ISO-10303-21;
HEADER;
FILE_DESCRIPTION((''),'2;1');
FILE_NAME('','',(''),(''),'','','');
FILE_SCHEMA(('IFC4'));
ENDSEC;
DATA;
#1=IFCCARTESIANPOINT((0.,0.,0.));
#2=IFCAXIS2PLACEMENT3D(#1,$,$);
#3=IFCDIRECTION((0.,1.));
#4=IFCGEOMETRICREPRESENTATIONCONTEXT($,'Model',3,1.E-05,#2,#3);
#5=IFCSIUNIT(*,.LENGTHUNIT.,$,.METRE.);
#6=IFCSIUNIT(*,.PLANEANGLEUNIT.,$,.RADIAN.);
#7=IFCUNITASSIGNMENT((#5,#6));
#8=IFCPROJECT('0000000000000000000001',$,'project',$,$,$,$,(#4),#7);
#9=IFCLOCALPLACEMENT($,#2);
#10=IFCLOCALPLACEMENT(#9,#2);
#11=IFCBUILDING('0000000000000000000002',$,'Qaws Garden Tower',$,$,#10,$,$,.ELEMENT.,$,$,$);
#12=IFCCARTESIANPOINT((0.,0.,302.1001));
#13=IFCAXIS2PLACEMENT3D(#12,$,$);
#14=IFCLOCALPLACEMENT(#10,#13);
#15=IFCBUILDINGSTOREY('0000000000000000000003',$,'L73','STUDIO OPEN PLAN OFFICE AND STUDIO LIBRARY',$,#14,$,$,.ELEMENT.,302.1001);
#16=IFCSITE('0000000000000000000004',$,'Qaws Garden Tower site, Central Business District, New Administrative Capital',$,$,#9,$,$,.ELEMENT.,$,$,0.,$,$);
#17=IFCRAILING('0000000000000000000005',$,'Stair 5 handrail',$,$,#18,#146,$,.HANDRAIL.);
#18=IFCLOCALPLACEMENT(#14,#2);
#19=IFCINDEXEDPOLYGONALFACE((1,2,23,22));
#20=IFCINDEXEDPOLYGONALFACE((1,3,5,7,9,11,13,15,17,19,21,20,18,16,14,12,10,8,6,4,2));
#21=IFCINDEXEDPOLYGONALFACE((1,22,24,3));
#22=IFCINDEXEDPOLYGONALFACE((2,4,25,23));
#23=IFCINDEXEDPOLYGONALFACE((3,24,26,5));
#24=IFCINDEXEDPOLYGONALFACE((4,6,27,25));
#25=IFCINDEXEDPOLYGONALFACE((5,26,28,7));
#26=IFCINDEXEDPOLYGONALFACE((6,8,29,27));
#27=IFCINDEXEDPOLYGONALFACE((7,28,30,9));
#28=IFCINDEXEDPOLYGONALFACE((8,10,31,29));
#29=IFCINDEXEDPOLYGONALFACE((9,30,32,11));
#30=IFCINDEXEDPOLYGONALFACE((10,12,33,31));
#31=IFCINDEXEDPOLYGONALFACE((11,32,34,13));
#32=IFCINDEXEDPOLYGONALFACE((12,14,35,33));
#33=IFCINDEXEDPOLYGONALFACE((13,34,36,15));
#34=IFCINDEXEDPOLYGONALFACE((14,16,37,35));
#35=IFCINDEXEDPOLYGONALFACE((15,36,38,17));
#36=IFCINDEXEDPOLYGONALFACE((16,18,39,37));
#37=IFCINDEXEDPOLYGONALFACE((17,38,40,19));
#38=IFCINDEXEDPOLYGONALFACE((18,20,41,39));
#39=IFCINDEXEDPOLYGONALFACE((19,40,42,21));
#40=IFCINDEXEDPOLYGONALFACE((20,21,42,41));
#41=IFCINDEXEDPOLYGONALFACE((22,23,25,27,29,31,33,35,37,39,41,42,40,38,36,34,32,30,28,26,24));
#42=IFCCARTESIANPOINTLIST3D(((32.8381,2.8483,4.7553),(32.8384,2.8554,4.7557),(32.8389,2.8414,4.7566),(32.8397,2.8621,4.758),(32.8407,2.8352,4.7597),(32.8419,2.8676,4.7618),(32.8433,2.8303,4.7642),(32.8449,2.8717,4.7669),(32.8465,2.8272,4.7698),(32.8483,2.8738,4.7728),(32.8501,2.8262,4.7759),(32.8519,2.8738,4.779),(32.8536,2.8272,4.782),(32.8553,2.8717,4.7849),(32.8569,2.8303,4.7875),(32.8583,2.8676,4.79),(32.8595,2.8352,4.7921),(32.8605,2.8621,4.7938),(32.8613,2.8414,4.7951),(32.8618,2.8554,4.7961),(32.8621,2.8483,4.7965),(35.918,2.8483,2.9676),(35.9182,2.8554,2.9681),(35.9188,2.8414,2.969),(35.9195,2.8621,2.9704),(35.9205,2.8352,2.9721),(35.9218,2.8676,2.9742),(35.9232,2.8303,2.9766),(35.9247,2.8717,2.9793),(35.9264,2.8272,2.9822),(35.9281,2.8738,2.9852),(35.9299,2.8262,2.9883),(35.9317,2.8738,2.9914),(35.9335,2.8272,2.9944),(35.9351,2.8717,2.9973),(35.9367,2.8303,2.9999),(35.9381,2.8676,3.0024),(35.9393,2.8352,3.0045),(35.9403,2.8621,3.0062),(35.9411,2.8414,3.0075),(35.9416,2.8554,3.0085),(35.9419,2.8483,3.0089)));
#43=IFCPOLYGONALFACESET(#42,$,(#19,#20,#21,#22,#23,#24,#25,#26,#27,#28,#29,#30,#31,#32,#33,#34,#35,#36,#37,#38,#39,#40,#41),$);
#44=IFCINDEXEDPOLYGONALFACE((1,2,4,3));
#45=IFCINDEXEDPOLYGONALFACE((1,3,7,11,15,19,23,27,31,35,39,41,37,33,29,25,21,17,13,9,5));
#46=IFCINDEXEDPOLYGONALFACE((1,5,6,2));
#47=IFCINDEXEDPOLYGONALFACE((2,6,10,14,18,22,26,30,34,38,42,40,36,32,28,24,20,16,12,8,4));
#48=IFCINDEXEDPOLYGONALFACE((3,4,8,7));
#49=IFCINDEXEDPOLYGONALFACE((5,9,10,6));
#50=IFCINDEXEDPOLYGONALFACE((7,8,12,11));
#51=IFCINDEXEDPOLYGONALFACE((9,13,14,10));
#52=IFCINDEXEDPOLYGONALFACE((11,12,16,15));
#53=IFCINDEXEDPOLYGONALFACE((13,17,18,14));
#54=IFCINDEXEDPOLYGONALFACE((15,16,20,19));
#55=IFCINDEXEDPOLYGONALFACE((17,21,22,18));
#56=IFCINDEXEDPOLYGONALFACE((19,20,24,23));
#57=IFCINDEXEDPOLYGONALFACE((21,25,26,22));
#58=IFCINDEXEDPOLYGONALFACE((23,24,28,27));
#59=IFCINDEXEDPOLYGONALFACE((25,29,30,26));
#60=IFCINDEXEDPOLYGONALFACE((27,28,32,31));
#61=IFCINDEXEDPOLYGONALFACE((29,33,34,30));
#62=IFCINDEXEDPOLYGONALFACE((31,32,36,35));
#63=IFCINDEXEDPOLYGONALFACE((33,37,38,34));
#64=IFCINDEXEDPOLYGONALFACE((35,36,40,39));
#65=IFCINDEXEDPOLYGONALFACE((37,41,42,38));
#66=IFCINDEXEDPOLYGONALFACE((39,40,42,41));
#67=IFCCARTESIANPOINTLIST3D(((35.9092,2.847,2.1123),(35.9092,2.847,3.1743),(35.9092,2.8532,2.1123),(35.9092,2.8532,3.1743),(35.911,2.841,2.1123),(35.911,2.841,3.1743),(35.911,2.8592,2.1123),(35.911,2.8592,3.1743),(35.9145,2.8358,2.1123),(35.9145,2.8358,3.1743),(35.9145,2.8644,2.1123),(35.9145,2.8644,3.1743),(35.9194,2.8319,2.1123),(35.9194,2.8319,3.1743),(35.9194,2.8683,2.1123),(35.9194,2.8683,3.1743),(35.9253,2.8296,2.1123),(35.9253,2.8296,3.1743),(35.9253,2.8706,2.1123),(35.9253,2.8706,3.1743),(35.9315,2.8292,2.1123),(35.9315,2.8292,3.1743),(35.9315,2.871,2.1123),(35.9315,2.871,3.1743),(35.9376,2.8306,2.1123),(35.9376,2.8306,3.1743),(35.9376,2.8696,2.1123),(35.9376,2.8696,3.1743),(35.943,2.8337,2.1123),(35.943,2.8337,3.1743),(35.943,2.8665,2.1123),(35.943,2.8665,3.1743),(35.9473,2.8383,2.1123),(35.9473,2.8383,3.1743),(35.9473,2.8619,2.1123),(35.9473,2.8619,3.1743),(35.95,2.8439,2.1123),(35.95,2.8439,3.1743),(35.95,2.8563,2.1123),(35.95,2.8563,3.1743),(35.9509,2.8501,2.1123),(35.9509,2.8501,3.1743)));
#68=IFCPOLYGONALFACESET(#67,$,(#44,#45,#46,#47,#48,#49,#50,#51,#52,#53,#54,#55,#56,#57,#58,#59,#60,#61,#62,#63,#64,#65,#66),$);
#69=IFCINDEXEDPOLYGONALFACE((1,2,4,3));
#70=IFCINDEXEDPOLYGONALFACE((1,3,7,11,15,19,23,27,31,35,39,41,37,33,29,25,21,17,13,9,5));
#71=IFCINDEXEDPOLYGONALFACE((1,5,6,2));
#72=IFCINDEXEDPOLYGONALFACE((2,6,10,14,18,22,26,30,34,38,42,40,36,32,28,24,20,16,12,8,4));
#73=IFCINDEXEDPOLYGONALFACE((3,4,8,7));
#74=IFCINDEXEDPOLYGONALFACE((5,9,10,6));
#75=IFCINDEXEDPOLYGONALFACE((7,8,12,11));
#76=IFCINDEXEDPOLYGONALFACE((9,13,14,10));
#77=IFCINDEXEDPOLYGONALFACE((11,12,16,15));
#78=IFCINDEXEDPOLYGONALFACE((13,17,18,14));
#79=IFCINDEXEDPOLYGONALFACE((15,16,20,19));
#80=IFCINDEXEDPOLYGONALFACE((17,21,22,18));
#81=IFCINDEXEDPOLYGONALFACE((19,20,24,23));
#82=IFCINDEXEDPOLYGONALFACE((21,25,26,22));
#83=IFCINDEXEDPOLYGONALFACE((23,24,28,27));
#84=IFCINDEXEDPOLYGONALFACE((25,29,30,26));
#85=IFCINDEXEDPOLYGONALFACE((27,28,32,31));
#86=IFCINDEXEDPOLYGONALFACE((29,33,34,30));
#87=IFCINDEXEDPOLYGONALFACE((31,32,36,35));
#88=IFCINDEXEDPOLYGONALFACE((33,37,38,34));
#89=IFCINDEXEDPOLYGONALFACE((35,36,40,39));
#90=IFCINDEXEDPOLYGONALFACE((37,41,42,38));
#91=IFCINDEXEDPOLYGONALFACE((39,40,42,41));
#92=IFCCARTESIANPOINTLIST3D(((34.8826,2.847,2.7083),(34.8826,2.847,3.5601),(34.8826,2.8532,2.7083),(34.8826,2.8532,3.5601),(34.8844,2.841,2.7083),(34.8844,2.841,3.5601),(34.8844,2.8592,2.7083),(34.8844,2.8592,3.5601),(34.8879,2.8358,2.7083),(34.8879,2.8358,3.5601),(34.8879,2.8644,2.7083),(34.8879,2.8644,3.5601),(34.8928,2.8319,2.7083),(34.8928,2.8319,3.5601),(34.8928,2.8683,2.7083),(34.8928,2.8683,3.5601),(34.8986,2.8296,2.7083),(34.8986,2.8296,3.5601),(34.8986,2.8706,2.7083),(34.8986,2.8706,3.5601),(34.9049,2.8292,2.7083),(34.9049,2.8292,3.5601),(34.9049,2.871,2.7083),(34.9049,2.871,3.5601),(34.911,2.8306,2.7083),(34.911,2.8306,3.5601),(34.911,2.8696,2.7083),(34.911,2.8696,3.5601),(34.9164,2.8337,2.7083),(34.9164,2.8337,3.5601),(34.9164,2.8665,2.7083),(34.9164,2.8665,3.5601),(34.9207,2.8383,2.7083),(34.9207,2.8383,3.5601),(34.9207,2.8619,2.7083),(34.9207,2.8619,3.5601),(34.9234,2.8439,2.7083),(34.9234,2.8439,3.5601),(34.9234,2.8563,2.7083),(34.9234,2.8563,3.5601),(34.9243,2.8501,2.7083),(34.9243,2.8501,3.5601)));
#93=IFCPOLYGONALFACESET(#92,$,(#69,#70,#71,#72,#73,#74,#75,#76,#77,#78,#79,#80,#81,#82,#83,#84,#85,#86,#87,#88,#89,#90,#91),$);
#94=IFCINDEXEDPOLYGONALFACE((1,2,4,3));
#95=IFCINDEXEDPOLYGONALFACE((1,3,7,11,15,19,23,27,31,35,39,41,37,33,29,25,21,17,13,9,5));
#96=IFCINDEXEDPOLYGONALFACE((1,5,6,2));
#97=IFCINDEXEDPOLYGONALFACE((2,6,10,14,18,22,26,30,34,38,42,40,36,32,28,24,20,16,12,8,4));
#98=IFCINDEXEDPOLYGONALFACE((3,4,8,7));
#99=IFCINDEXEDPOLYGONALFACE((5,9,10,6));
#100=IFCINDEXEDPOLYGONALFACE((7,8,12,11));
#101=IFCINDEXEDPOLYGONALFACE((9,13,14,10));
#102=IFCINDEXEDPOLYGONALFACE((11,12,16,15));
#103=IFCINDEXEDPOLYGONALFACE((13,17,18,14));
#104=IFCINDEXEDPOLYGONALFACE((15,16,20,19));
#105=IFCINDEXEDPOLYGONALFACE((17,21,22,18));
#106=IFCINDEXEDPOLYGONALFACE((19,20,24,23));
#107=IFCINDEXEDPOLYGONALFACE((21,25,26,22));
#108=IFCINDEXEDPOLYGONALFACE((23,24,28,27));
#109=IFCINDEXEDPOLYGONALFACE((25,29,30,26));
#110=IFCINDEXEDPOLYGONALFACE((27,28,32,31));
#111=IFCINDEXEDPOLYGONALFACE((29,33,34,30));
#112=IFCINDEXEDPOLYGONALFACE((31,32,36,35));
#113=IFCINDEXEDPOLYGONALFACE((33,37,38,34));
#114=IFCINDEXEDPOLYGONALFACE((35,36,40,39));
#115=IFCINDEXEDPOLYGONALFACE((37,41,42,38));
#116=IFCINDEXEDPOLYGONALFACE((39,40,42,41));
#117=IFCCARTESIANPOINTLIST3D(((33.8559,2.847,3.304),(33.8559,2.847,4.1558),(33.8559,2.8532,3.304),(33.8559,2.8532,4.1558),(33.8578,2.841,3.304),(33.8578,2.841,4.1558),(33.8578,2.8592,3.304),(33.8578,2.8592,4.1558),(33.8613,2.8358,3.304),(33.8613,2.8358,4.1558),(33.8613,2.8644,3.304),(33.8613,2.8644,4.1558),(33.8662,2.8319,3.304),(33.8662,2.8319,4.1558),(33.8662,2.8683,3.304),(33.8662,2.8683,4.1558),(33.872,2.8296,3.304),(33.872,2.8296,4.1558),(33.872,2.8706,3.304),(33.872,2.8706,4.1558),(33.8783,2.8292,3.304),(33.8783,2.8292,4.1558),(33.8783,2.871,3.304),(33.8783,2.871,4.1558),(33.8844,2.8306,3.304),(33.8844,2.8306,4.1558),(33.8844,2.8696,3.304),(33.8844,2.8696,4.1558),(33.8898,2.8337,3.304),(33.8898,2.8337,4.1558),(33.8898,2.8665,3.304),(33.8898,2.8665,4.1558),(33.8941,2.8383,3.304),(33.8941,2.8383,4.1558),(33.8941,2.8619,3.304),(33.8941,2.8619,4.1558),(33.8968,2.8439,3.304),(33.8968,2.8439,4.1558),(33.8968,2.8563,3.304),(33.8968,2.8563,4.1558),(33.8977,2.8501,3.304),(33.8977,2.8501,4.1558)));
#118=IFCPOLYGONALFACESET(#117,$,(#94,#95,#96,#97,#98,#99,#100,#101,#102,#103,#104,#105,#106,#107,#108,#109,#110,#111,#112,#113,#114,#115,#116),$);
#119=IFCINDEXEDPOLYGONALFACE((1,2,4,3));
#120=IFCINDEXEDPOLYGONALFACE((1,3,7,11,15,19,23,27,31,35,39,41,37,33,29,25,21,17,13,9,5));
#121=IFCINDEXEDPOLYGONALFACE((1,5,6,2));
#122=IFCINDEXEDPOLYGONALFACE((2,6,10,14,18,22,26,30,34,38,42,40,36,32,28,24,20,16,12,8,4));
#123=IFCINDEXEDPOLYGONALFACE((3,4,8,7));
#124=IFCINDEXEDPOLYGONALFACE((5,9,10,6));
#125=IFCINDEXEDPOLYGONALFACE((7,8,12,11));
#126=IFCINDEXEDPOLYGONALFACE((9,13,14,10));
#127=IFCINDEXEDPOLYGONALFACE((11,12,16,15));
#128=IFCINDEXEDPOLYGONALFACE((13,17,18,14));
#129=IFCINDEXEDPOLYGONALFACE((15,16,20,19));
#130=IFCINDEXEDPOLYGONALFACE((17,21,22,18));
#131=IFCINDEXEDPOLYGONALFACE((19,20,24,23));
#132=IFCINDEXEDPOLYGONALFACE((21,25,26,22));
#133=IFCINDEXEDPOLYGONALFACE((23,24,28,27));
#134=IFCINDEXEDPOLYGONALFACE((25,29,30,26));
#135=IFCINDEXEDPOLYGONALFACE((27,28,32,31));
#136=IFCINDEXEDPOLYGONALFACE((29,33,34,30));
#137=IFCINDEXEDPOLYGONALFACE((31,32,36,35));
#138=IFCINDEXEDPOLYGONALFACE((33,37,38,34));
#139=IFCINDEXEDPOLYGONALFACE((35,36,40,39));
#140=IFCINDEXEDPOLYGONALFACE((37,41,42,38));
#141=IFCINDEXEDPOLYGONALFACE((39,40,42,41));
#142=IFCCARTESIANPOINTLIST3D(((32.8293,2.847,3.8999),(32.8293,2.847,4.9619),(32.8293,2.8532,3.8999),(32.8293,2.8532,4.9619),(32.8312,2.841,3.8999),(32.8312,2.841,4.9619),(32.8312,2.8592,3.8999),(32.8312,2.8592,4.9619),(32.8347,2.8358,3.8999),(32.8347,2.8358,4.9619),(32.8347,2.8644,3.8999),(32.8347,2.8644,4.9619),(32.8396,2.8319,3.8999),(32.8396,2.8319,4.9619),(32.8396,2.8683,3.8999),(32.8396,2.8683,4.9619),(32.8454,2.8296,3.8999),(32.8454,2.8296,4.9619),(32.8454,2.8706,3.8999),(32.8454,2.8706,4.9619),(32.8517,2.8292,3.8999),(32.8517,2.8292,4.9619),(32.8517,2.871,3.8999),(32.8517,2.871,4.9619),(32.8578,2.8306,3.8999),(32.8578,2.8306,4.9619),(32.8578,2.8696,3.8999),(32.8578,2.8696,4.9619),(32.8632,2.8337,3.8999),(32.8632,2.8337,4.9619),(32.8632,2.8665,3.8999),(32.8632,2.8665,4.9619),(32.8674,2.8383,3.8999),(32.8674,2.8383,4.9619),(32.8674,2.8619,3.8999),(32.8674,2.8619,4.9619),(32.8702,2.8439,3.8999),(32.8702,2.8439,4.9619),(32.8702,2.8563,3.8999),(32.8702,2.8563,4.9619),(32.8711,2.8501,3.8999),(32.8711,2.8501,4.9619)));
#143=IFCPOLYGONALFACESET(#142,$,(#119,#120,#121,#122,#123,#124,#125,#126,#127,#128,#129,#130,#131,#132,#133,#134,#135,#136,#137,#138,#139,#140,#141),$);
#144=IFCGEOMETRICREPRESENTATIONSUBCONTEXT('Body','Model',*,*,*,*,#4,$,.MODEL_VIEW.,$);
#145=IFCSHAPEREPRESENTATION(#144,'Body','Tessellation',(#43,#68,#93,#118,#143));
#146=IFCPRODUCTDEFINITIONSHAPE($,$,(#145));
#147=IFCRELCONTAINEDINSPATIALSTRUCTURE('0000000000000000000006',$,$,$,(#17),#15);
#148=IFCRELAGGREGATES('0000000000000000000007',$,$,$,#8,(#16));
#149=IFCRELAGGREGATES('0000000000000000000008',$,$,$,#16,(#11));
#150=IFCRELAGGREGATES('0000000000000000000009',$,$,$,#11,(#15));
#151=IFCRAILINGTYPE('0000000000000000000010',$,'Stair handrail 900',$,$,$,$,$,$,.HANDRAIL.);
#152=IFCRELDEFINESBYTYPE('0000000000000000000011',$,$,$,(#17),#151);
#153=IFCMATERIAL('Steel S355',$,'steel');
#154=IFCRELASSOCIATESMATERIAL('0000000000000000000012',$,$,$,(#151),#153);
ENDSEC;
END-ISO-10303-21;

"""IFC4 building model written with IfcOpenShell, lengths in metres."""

from ifc_helpers import new_model, si_unit, direction, frame, origin, origin_2d, place, context, subcontext, project, spatial, circle, extrude, material, type_object, element, save


model = new_model("IFC4")

# Units and contexts
model_context = context("Model", 3, precision=1e-05, world=origin(), true_north=direction((0.0, 1.0)))
body_context = subcontext(model_context, "Body", "Model", "MODEL_VIEW")
ifc_project = project(units=[si_unit("LENGTHUNIT", "METRE"), si_unit("PLANEANGLEUNIT", "RADIAN")], contexts=[model_context])

# Site, building, storey
site_placement = place(None, origin())
site = spatial("IfcSite", under=ifc_project, at=site_placement, Name="Qaws Garden Tower site, Central Business District, New Administrative Capital", CompositionType="ELEMENT", RefElevation=0.0)
building_placement = place(site_placement, origin())
building = spatial("IfcBuilding", under=site, at=building_placement, Name="Qaws Garden Tower", CompositionType="ELEMENT")
storey_placement = place(building_placement, frame((0.0, 0.0, 302.1001)))
storey = spatial("IfcBuildingStorey", under=building, at=storey_placement, Name="L73", Description="STUDIO OPEN PLAN OFFICE AND STUDIO LIBRARY", CompositionType="ELEMENT", Elevation=302.1001)

# Railing
ifc_material_1 = material(Name="Steel S355", Category="steel")
railing_type = type_object("IfcRailingType", Name="Stair handrail 900", PredefinedType="HANDRAIL", material=ifc_material_1)
railing_1_placement = place(storey_placement, frame((35.9299, 2.8501, 2.1123)))
element("IfcRailing", 1, at=railing_1_placement, inside=storey, type_object=railing_type, Name="Stair 5 handrail", PredefinedType="HANDRAIL", context=body_context, shape_type="SweptSolid", body=[
    extrude(circle(Radius=0.0239, at=origin_2d()), frame((0.0, 0.0, 0.876), z_axis=(-0.864873, 0.0, 0.50199), x_axis=(0.0, -1.0, 0.0)), (0.0, 0.0, 1.0), 3.561),
    extrude(circle(Radius=0.021, at=origin_2d()), origin(), (0.0, 0.0, 1.0), 1.062),
    extrude(circle(Radius=0.021, at=origin_2d()), frame((-1.0266, 0.0, 0.5959)), (0.0, 0.0, 1.0), 0.8518),
    extrude(circle(Radius=0.021, at=origin_2d()), frame((-2.0532, 0.0, 1.1917)), (0.0, 0.0, 1.0), 0.8518),
    extrude(circle(Radius=0.021, at=origin_2d()), frame((-3.0798, 0.0, 1.7876)), (0.0, 0.0, 1.0), 1.062),
])

save(model, "model.ifc")
